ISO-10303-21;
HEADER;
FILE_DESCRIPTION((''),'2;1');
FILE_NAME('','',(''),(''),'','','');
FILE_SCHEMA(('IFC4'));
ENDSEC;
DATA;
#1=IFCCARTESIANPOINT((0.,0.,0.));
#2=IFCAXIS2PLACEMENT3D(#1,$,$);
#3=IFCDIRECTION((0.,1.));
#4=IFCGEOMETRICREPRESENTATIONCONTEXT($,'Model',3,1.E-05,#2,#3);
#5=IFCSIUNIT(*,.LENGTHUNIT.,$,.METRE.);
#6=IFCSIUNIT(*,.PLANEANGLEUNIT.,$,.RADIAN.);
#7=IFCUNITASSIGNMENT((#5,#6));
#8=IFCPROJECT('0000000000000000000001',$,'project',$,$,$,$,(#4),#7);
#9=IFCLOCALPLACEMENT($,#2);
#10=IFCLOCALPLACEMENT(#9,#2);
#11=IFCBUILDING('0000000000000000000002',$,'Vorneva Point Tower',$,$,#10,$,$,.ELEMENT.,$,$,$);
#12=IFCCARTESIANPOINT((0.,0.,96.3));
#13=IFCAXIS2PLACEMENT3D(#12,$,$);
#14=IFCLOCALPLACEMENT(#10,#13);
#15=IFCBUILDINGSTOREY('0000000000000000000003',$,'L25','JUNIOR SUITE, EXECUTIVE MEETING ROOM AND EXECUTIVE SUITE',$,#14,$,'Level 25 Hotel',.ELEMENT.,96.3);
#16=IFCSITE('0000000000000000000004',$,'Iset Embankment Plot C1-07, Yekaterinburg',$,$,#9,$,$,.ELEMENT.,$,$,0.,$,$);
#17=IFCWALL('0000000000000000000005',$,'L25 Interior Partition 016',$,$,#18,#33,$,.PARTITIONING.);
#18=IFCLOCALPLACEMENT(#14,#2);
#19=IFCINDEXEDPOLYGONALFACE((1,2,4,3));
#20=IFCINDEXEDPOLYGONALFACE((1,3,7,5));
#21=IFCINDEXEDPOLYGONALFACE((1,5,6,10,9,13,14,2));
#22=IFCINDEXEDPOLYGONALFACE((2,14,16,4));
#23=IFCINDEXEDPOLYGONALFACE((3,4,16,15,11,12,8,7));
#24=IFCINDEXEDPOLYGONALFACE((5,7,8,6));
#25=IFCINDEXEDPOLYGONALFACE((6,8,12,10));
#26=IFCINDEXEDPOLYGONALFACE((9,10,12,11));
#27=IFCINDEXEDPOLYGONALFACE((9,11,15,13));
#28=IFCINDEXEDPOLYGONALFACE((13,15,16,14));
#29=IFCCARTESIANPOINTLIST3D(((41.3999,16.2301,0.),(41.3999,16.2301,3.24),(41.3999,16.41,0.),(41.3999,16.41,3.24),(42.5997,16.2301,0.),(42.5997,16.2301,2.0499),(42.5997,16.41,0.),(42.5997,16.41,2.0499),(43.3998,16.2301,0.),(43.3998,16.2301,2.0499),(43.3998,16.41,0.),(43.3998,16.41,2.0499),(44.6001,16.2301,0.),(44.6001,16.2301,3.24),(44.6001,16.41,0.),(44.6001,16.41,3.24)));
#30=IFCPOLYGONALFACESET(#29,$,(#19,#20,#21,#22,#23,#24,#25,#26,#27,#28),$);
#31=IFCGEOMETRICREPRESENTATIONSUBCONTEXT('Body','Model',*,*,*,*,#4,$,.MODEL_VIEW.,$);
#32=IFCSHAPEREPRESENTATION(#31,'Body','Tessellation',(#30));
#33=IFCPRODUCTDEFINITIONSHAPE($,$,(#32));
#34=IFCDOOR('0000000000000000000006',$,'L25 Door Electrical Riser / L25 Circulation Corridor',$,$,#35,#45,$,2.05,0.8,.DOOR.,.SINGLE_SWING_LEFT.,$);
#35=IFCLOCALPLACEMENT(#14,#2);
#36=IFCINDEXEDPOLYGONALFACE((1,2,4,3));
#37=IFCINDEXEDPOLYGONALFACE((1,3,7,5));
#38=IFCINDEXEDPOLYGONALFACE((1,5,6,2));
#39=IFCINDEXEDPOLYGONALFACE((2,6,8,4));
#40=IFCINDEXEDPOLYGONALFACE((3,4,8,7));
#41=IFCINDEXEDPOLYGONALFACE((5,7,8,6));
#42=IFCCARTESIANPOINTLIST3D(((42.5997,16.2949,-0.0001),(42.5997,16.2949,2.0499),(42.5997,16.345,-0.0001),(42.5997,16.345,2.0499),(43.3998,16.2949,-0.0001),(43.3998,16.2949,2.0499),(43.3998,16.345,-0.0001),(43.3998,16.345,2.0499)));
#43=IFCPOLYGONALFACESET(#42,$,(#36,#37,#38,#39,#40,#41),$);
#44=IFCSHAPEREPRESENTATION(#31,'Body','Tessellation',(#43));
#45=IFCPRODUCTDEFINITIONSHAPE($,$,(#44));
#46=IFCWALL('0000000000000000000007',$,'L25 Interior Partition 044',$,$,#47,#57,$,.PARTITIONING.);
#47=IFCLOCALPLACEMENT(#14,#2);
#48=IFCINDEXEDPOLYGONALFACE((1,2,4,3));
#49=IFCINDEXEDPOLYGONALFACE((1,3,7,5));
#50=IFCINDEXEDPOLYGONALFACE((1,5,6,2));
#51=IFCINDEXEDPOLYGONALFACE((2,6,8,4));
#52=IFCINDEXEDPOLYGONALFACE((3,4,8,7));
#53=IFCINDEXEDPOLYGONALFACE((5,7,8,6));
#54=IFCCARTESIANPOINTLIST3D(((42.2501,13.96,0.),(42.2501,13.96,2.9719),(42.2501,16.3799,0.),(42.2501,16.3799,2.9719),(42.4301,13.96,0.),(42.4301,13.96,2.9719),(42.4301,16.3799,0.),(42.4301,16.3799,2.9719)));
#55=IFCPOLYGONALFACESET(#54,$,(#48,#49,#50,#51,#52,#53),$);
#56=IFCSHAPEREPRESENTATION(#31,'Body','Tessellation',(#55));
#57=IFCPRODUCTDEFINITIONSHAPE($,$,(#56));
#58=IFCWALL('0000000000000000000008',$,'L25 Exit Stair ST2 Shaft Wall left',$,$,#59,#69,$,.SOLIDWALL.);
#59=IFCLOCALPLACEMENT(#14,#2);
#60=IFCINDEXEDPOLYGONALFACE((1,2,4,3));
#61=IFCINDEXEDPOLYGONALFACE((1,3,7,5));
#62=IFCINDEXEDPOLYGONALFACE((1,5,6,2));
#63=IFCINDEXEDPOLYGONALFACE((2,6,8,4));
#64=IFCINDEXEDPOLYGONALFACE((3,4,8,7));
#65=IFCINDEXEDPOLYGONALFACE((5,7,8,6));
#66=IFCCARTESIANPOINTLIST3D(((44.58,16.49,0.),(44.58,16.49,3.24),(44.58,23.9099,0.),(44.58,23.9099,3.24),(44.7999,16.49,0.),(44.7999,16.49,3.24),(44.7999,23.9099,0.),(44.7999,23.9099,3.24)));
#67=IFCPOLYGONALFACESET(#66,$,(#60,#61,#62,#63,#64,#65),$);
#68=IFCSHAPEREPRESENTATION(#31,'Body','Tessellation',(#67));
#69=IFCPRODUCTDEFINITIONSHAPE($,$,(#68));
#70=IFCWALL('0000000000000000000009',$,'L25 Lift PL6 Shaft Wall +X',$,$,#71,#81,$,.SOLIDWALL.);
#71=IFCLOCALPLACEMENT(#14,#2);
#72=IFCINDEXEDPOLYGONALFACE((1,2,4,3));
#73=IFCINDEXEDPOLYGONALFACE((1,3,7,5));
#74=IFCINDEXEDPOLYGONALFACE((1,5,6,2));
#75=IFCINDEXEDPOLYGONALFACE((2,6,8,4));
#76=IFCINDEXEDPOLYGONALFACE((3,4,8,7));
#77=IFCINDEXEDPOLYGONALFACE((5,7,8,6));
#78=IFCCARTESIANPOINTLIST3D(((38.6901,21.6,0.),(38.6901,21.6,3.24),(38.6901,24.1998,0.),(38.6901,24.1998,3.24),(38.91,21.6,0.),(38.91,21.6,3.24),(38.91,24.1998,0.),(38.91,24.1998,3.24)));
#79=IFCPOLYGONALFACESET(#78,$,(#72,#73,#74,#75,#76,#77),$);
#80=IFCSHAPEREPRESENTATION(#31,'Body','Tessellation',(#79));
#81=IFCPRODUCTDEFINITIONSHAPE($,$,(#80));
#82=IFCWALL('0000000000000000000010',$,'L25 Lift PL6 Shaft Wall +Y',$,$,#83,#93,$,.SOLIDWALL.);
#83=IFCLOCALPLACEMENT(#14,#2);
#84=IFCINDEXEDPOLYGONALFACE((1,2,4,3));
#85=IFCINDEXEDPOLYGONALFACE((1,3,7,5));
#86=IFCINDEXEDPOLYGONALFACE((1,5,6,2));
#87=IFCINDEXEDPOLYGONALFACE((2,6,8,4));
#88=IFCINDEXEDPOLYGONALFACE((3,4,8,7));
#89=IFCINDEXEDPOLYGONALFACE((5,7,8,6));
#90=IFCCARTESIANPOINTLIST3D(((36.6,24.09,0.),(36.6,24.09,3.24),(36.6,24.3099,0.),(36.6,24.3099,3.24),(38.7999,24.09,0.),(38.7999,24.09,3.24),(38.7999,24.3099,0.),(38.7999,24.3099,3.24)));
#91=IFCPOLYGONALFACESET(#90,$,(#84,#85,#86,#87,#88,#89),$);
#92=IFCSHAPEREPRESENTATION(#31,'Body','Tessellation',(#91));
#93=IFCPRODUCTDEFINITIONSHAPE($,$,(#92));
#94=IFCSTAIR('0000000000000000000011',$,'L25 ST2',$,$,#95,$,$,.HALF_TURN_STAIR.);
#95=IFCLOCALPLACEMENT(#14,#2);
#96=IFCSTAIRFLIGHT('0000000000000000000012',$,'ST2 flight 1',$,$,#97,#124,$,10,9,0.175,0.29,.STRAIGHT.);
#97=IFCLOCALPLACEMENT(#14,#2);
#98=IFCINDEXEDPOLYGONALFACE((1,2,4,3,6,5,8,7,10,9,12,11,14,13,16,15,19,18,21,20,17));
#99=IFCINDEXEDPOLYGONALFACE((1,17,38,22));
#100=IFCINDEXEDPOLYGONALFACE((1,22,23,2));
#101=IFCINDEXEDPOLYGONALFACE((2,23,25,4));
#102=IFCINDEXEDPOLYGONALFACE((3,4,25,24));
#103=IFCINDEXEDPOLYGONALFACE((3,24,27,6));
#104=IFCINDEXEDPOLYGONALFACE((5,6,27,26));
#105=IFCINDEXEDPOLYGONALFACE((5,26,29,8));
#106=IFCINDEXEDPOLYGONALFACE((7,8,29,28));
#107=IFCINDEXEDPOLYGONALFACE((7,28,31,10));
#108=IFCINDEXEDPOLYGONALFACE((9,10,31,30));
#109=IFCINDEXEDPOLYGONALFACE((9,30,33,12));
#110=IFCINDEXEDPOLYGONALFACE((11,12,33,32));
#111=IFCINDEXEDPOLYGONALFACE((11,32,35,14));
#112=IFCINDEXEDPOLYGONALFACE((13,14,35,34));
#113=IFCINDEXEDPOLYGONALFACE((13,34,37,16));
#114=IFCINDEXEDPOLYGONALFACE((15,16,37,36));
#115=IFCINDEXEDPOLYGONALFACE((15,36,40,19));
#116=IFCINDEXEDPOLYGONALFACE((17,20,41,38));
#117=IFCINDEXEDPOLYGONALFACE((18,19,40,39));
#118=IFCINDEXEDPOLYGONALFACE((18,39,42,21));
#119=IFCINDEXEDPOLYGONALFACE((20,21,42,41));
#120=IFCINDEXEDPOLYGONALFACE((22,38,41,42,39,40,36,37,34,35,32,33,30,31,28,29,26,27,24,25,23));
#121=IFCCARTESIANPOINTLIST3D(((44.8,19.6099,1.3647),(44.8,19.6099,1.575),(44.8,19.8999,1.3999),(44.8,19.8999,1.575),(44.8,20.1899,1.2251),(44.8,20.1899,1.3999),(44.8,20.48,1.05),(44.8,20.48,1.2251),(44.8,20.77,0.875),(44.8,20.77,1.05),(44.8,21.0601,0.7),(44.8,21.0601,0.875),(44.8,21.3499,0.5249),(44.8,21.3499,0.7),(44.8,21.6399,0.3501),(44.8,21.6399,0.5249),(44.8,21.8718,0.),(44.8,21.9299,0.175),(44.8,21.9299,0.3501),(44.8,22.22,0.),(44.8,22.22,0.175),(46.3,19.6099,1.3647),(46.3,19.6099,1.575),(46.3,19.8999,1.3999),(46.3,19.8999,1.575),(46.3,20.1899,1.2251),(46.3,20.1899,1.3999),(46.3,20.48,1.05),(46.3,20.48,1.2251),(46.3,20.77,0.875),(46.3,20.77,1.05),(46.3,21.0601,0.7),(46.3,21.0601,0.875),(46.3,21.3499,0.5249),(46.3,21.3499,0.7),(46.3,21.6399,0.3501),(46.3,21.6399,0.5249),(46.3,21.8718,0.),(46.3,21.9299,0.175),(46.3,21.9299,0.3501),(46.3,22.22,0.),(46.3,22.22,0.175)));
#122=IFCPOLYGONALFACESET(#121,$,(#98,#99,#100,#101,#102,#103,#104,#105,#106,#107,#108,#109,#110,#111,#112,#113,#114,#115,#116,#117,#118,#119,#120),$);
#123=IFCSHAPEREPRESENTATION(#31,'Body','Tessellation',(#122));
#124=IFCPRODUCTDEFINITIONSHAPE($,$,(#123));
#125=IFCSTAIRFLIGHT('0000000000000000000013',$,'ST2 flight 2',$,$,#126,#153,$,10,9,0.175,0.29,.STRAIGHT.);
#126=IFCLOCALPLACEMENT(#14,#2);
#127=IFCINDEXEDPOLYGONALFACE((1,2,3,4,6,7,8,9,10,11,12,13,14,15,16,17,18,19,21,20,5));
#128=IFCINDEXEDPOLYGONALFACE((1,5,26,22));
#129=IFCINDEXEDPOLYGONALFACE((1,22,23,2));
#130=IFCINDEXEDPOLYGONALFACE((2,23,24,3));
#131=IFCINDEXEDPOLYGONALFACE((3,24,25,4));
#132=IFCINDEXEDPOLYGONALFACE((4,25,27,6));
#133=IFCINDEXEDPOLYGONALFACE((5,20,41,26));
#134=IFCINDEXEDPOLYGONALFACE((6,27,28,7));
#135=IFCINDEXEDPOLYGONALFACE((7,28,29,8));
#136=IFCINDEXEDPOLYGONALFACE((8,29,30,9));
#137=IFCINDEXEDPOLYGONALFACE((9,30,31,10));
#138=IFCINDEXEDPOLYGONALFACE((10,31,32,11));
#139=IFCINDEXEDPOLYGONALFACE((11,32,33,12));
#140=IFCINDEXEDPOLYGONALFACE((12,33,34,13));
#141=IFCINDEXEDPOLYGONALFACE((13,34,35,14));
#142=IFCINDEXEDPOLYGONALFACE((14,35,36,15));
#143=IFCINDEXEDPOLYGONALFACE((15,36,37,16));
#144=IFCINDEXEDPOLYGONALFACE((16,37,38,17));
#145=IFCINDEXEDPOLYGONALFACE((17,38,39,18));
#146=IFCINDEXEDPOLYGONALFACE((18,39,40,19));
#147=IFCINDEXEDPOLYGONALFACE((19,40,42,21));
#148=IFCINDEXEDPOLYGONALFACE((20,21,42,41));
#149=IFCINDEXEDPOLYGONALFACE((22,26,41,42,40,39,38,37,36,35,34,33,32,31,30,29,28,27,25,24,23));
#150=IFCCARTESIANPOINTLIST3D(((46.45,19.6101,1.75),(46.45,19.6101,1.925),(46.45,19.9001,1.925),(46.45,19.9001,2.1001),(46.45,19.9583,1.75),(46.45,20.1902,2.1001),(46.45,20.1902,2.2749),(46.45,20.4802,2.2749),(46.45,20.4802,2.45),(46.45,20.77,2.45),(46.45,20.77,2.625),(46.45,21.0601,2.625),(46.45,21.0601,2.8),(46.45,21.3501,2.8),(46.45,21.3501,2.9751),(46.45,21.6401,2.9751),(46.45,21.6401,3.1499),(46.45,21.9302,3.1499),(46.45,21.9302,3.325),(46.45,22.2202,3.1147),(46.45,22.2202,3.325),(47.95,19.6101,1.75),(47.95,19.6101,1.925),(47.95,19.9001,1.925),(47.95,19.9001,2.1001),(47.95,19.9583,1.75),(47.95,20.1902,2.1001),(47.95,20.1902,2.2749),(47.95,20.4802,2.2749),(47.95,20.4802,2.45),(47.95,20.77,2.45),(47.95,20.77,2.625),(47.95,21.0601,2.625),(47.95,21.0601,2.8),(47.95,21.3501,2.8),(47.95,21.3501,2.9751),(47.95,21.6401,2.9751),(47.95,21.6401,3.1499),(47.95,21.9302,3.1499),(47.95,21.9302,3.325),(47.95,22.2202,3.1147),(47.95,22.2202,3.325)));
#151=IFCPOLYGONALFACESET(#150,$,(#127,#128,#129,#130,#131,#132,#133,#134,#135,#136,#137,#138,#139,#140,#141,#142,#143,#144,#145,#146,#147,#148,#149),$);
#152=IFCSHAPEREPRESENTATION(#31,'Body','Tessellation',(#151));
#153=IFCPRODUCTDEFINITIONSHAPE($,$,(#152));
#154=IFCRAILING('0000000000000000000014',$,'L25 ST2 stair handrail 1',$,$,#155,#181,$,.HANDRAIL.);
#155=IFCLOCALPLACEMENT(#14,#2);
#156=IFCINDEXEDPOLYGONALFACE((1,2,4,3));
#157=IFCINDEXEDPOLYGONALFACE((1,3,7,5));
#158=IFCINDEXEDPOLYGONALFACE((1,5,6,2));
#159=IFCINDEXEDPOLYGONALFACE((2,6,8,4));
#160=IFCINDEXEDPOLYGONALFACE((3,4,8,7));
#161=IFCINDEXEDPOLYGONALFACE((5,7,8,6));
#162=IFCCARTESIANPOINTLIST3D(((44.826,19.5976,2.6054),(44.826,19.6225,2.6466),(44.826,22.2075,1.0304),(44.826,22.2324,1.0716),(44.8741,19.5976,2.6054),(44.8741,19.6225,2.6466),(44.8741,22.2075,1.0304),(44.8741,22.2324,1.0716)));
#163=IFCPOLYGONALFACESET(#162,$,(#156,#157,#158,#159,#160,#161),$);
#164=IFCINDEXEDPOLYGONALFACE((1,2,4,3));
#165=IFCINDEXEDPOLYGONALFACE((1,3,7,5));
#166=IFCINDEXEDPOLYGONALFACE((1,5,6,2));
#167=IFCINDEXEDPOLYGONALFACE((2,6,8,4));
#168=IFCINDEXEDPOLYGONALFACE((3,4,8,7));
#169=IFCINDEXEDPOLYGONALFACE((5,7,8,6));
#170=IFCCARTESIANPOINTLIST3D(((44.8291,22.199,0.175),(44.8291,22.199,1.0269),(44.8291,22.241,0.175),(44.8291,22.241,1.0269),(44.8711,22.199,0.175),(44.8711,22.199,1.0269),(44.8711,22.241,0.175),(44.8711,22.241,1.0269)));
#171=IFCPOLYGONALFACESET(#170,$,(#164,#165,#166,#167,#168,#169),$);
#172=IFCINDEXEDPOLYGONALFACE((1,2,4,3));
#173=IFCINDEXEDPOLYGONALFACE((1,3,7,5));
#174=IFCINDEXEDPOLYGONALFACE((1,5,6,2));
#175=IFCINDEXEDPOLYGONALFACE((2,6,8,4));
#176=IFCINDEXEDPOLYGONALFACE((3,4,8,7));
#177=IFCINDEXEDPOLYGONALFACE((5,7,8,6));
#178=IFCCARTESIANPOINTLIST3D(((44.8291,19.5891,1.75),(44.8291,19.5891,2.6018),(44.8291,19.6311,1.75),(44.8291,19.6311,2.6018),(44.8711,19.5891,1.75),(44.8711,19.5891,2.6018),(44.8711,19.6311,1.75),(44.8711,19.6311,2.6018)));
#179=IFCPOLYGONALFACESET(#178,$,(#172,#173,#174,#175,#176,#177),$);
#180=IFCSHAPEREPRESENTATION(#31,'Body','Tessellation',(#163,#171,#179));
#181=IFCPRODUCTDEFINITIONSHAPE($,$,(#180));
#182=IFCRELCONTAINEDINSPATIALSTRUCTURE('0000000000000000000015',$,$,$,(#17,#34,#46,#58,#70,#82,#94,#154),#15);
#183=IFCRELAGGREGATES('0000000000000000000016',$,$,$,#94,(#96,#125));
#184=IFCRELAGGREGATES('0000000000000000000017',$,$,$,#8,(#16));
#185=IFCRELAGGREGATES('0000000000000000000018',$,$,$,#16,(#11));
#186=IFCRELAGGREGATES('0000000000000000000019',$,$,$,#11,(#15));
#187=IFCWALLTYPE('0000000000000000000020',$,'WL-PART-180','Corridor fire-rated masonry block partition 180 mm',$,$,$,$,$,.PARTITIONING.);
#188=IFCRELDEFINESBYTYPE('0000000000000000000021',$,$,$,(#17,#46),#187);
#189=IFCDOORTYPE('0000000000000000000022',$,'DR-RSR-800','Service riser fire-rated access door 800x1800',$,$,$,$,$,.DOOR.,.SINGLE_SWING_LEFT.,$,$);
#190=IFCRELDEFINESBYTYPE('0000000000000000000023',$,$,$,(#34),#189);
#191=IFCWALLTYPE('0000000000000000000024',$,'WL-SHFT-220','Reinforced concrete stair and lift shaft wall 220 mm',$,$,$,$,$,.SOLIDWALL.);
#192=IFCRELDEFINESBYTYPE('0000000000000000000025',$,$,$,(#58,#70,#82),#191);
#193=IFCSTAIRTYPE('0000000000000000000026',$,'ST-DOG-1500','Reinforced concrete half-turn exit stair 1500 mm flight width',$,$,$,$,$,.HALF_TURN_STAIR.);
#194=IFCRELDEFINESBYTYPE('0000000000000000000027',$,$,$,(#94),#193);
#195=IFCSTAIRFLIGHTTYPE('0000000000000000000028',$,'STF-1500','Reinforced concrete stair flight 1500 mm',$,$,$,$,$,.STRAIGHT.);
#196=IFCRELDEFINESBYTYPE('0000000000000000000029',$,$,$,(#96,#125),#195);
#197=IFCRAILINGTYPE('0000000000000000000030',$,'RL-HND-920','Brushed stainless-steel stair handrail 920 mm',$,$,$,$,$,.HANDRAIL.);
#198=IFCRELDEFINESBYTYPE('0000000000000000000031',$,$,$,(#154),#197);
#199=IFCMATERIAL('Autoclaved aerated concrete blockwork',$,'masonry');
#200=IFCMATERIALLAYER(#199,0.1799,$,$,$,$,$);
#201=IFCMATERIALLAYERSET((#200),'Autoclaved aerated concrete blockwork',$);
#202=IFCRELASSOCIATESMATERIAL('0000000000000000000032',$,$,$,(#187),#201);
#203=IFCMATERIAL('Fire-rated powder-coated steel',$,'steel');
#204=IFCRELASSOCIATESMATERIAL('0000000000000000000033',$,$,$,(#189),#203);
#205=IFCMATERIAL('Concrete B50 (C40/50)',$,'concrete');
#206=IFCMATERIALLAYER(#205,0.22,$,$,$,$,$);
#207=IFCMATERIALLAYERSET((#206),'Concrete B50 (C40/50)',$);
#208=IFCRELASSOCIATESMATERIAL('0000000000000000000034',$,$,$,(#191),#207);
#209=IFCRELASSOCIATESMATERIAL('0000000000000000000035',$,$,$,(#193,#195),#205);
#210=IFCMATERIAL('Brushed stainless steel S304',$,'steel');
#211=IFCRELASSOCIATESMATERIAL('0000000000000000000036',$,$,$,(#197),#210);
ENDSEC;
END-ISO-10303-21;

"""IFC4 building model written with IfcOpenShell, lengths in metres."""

from ifc_helpers import new_model, si_unit, direction, frame, frame_2d, origin, origin_2d, place, context, subcontext, project, spatial, polyline, rectangle, outline, extrude, material, layer, layer_set, type_object, element, fill, aggregate, save


model = new_model("IFC4")

# Units and contexts
model_context = context("Model", 3, precision=1e-05, world=origin(), true_north=direction((0.0, 1.0)))
body_context = subcontext(model_context, "Body", "Model", "MODEL_VIEW")
ifc_project = project(units=[si_unit("LENGTHUNIT", "METRE"), si_unit("PLANEANGLEUNIT", "RADIAN")], contexts=[model_context])

# Site, building, storey
site_placement = place(None, origin())
site = spatial("IfcSite", under=ifc_project, at=site_placement, Name="Iset Embankment Plot C1-07, Yekaterinburg", CompositionType="ELEMENT", RefElevation=0.0)
building_placement = place(site_placement, origin())
building = spatial("IfcBuilding", under=site, at=building_placement, Name="Vorneva Point Tower", CompositionType="ELEMENT")
storey_placement = place(building_placement, frame((0.0, 0.0, 96.3)))
storey = spatial("IfcBuildingStorey", under=building, at=storey_placement, Name="L25", Description="JUNIOR SUITE, EXECUTIVE MEETING ROOM AND EXECUTIVE SUITE", LongName="Level 25 Hotel", CompositionType="ELEMENT", Elevation=96.3)

# Shared definitions
ifc_material_1 = material(Name="Autoclaved aerated concrete blockwork", Category="masonry")
ifc_layer_1 = layer(ifc_material_1, 0.1799)
ifc_layer_set_1 = layer_set([ifc_layer_1], Name="Autoclaved aerated concrete blockwork")
wall_type_1 = type_object("IfcWallType", Name="WL-PART-180", Description="Corridor fire-rated masonry block partition 180 mm", PredefinedType="PARTITIONING", material=ifc_layer_set_1)

# Wall, opening, door
ifc_material_2 = material(Name="Fire-rated powder-coated steel", Category="steel")
door_type_1 = type_object("IfcDoorType", Name="DR-RSR-800", Description="Service riser fire-rated access door 800x1800", OperationType="SINGLE_SWING_LEFT", PredefinedType="DOOR", material=ifc_material_2)
wall_1_placement = place(storey_placement, frame((41.3999, 16.3201, 0.0), z_axis=(0.0, 0.0, 1.0), x_axis=(1.0, 0.0, 0.0)))
wall_1 = element("IfcWall", 1, at=wall_1_placement, inside=storey, type_object=wall_type_1, Name="L25 Interior Partition 016", PredefinedType="PARTITIONING", context=body_context, shape_type="SweptSolid", body=[
    extrude(rectangle(XDim=3.2002, YDim=0.1799, at=frame_2d((1.6001, 0.0))), origin(), (0.0, 0.0, 1.0), 3.24),
])
opening_1_placement = place(wall_1_placement, frame((1.2, 0.0, 0.0)))
opening_1 = element("IfcOpeningElement", 2, at=opening_1_placement, cuts=wall_1, PredefinedType="OPENING", context=body_context, shape_type="SweptSolid", body=[
    extrude(rectangle(XDim=0.8, YDim=2.05, at=frame_2d((0.3999, 1.0249))), frame((0.0, 0.105, 0.0), z_axis=(0.0, -1.0, 0.0), x_axis=(1.0, 0.0, 0.0)), (0.0, 0.0, 1.0), 0.2097),
])
door_1_placement = place(opening_1_placement, origin())
door_1 = element("IfcDoor", 3, at=door_1_placement, inside=storey, type_object=door_type_1, Name="L25 Door Electrical Riser / L25 Circulation Corridor", OperationType="SINGLE_SWING_LEFT", OverallHeight=2.05, OverallWidth=0.8, PredefinedType="DOOR", context=body_context, shape_type="SweptSolid", body=[
    extrude(rectangle(XDim=0.8, YDim=2.05, at=frame_2d((0.3999, 1.0249))), frame((0.0, 0.0249, 0.0), z_axis=(0.0, -1.0, 0.0), x_axis=(1.0, 0.0, 0.0)), (0.0, 0.0, 1.0), 0.05),
])
fill(opening_1, door_1)

# Wall
wall_2_placement = place(storey_placement, frame((42.3401, 16.3799, 0.0), z_axis=(0.0, 0.0, 1.0), x_axis=(0.0, -1.0, 0.0)))
element("IfcWall", 4, at=wall_2_placement, inside=storey, type_object=wall_type_1, Name="L25 Interior Partition 044", PredefinedType="PARTITIONING", context=body_context, shape_type="SweptSolid", body=[
    extrude(rectangle(XDim=2.4199, YDim=0.1799, at=frame_2d((1.21, 0.0))), origin(), (0.0, 0.0, 1.0), 2.9719),
])

# Shared definitions
ifc_material_3 = material(Name="Concrete B50 (C40/50)", Category="concrete")
ifc_layer_2 = layer(ifc_material_3, 0.22)
ifc_layer_set_2 = layer_set([ifc_layer_2], Name="Concrete B50 (C40/50)")
wall_type_2 = type_object("IfcWallType", Name="WL-SHFT-220", Description="Reinforced concrete stair and lift shaft wall 220 mm", PredefinedType="SOLIDWALL", material=ifc_layer_set_2)

# Walls
wall_3_placement = place(storey_placement, frame((44.6899, 16.49, 0.0), z_axis=(0.0, 0.0, 1.0), x_axis=(0.0, 1.0, 0.0)))
element("IfcWall", 5, at=wall_3_placement, inside=storey, type_object=wall_type_2, Name="L25 Exit Stair ST2 Shaft Wall left", PredefinedType="SOLIDWALL", context=body_context, shape_type="SweptSolid", body=[
    extrude(rectangle(XDim=7.4199, YDim=0.22, at=frame_2d((3.71, 0.0))), origin(), (0.0, 0.0, 1.0), 3.24),
])
wall_4_placement = place(storey_placement, frame((38.8, 21.6001, 0.0), z_axis=(0.0, 0.0, 1.0), x_axis=(0.0, 1.0, 0.0)))
element("IfcWall", 6, at=wall_4_placement, inside=storey, type_object=wall_type_2, Name="L25 Lift PL6 Shaft Wall +X", PredefinedType="SOLIDWALL", context=body_context, shape_type="SweptSolid", body=[
    extrude(rectangle(XDim=2.5999, YDim=0.22, at=frame_2d((1.2998, 0.0))), origin(), (0.0, 0.0, 1.0), 3.24),
])
wall_5_placement = place(storey_placement, frame((38.8, 24.2, 0.0), z_axis=(0.0, 0.0, 1.0), x_axis=(-1.0, 0.0, 0.0)))
element("IfcWall", 7, at=wall_5_placement, inside=storey, type_object=wall_type_2, Name="L25 Lift PL6 Shaft Wall +Y", PredefinedType="SOLIDWALL", context=body_context, shape_type="SweptSolid", body=[
    extrude(rectangle(XDim=2.2, YDim=0.22, at=frame_2d((1.1001, 0.0))), origin(), (0.0, 0.0, 1.0), 3.24),
])

# Stair, stair flights
stair_type = type_object("IfcStairType", Name="ST-DOG-1500", Description="Reinforced concrete half-turn exit stair 1500 mm flight width", PredefinedType="HALF_TURN_STAIR", material=ifc_material_3)
stair_placement = place(storey_placement, origin())
stair = element("IfcStair", 8, at=stair_placement, inside=storey, type_object=stair_type, Name="L25 ST2", PredefinedType="HALF_TURN_STAIR")
stair_flight_type = type_object("IfcStairFlightType", Name="STF-1500", Description="Reinforced concrete stair flight 1500 mm", PredefinedType="STRAIGHT", material=ifc_material_3)
stair_flight_1_placement = place(storey_placement, frame((45.55, 22.22, 0.0), z_axis=(0.0, 0.0, 1.0), x_axis=(0.0, -1.0, 0.0)))
stair_flight_1 = element("IfcStairFlight", 9, at=stair_flight_1_placement, type_object=stair_flight_type, Name="ST2 flight 1", NumberOfRisers=10, NumberOfTreads=9, PredefinedType="STRAIGHT", RiserHeight=0.175, TreadLength=0.29, context=body_context, shape_type="SweptSolid", body=[
    extrude(outline(polyline([(0.0, 0.0), (0.0, 0.175), (0.29, 0.175), (0.29, 0.3501), (0.5801, 0.3501), (0.5801, 0.5249), (0.8701, 0.5249), (0.8701, 0.7), (1.1599, 0.7), (1.1599, 0.875), (1.45, 0.875), (1.45, 1.05), (1.74, 1.05), (1.74, 1.2251), (2.03, 1.2251), (2.03, 1.3999), (2.3201, 1.3999), (2.3201, 1.575), (2.6101, 1.575), (2.6101, 1.75), (2.6101, 1.3647), (0.3481, 0.0), (0.0, 0.0)])), frame((0.0, 0.75, 0.0), z_axis=(0.0, -1.0, 0.0), x_axis=(1.0, 0.0, 0.0)), (0.0, 0.0, 1.0), 1.5),
])
stair_flight_2_placement = place(storey_placement, frame((47.2, 19.6101, 1.75), z_axis=(0.0, 0.0, 1.0), x_axis=(0.0, 1.0, 0.0)))
stair_flight_2 = element("IfcStairFlight", 10, at=stair_flight_2_placement, type_object=stair_flight_type, Name="ST2 flight 2", NumberOfRisers=10, NumberOfTreads=9, PredefinedType="STRAIGHT", RiserHeight=0.175, TreadLength=0.29, context=body_context, shape_type="SweptSolid", body=[
    extrude(outline(polyline([(0.0, 0.0), (0.0, 0.175), (0.29, 0.175), (0.29, 0.3501), (0.5801, 0.3501), (0.5801, 0.5249), (0.8701, 0.5249), (0.8701, 0.7), (1.1599, 0.7), (1.1599, 0.875), (1.45, 0.875), (1.45, 1.05), (1.74, 1.05), (1.74, 1.2251), (2.03, 1.2251), (2.03, 1.3999), (2.3201, 1.3999), (2.3201, 1.575), (2.6101, 1.575), (2.6101, 1.75), (2.6101, 1.3647), (0.3481, 0.0), (0.0, 0.0)])), frame((0.0, 0.75, 0.0), z_axis=(0.0, -1.0, 0.0), x_axis=(1.0, 0.0, 0.0)), (0.0, 0.0, 1.0), 1.5),
])
aggregate(stair, [stair_flight_1, stair_flight_2])

# Railing
ifc_material_4 = material(Name="Brushed stainless steel S304", Category="steel")
railing_type_1 = type_object("IfcRailingType", Name="RL-HND-920", Description="Brushed stainless-steel stair handrail 920 mm", PredefinedType="HANDRAIL", material=ifc_material_4)
railing_1_placement = place(storey_placement, frame((44.8501, 22.22, 0.175)))
element("IfcRailing", 11, at=railing_1_placement, inside=storey, type_object=railing_type_1, Name="L25 ST2 stair handrail 1", PredefinedType="HANDRAIL", context=body_context, shape_type="SweptSolid", body=[
    extrude(rectangle(XDim=0.0481, YDim=0.0481, at=origin_2d()), frame((0.0, 0.0, 0.876), z_axis=(0.0, -0.856183, 0.516673), x_axis=(1.0, 0.0, 0.0)), (0.0, 0.0, 1.0), 3.0483),
    extrude(rectangle(XDim=0.042, YDim=0.042, at=origin_2d()), origin(), (0.0, 0.0, 1.0), 0.8518),
    extrude(rectangle(XDim=0.042, YDim=0.042, at=origin_2d()), frame((0.0, -2.6099, 1.575)), (0.0, 0.0, 1.0), 0.8518),
])

save(model, "model.ifc")
